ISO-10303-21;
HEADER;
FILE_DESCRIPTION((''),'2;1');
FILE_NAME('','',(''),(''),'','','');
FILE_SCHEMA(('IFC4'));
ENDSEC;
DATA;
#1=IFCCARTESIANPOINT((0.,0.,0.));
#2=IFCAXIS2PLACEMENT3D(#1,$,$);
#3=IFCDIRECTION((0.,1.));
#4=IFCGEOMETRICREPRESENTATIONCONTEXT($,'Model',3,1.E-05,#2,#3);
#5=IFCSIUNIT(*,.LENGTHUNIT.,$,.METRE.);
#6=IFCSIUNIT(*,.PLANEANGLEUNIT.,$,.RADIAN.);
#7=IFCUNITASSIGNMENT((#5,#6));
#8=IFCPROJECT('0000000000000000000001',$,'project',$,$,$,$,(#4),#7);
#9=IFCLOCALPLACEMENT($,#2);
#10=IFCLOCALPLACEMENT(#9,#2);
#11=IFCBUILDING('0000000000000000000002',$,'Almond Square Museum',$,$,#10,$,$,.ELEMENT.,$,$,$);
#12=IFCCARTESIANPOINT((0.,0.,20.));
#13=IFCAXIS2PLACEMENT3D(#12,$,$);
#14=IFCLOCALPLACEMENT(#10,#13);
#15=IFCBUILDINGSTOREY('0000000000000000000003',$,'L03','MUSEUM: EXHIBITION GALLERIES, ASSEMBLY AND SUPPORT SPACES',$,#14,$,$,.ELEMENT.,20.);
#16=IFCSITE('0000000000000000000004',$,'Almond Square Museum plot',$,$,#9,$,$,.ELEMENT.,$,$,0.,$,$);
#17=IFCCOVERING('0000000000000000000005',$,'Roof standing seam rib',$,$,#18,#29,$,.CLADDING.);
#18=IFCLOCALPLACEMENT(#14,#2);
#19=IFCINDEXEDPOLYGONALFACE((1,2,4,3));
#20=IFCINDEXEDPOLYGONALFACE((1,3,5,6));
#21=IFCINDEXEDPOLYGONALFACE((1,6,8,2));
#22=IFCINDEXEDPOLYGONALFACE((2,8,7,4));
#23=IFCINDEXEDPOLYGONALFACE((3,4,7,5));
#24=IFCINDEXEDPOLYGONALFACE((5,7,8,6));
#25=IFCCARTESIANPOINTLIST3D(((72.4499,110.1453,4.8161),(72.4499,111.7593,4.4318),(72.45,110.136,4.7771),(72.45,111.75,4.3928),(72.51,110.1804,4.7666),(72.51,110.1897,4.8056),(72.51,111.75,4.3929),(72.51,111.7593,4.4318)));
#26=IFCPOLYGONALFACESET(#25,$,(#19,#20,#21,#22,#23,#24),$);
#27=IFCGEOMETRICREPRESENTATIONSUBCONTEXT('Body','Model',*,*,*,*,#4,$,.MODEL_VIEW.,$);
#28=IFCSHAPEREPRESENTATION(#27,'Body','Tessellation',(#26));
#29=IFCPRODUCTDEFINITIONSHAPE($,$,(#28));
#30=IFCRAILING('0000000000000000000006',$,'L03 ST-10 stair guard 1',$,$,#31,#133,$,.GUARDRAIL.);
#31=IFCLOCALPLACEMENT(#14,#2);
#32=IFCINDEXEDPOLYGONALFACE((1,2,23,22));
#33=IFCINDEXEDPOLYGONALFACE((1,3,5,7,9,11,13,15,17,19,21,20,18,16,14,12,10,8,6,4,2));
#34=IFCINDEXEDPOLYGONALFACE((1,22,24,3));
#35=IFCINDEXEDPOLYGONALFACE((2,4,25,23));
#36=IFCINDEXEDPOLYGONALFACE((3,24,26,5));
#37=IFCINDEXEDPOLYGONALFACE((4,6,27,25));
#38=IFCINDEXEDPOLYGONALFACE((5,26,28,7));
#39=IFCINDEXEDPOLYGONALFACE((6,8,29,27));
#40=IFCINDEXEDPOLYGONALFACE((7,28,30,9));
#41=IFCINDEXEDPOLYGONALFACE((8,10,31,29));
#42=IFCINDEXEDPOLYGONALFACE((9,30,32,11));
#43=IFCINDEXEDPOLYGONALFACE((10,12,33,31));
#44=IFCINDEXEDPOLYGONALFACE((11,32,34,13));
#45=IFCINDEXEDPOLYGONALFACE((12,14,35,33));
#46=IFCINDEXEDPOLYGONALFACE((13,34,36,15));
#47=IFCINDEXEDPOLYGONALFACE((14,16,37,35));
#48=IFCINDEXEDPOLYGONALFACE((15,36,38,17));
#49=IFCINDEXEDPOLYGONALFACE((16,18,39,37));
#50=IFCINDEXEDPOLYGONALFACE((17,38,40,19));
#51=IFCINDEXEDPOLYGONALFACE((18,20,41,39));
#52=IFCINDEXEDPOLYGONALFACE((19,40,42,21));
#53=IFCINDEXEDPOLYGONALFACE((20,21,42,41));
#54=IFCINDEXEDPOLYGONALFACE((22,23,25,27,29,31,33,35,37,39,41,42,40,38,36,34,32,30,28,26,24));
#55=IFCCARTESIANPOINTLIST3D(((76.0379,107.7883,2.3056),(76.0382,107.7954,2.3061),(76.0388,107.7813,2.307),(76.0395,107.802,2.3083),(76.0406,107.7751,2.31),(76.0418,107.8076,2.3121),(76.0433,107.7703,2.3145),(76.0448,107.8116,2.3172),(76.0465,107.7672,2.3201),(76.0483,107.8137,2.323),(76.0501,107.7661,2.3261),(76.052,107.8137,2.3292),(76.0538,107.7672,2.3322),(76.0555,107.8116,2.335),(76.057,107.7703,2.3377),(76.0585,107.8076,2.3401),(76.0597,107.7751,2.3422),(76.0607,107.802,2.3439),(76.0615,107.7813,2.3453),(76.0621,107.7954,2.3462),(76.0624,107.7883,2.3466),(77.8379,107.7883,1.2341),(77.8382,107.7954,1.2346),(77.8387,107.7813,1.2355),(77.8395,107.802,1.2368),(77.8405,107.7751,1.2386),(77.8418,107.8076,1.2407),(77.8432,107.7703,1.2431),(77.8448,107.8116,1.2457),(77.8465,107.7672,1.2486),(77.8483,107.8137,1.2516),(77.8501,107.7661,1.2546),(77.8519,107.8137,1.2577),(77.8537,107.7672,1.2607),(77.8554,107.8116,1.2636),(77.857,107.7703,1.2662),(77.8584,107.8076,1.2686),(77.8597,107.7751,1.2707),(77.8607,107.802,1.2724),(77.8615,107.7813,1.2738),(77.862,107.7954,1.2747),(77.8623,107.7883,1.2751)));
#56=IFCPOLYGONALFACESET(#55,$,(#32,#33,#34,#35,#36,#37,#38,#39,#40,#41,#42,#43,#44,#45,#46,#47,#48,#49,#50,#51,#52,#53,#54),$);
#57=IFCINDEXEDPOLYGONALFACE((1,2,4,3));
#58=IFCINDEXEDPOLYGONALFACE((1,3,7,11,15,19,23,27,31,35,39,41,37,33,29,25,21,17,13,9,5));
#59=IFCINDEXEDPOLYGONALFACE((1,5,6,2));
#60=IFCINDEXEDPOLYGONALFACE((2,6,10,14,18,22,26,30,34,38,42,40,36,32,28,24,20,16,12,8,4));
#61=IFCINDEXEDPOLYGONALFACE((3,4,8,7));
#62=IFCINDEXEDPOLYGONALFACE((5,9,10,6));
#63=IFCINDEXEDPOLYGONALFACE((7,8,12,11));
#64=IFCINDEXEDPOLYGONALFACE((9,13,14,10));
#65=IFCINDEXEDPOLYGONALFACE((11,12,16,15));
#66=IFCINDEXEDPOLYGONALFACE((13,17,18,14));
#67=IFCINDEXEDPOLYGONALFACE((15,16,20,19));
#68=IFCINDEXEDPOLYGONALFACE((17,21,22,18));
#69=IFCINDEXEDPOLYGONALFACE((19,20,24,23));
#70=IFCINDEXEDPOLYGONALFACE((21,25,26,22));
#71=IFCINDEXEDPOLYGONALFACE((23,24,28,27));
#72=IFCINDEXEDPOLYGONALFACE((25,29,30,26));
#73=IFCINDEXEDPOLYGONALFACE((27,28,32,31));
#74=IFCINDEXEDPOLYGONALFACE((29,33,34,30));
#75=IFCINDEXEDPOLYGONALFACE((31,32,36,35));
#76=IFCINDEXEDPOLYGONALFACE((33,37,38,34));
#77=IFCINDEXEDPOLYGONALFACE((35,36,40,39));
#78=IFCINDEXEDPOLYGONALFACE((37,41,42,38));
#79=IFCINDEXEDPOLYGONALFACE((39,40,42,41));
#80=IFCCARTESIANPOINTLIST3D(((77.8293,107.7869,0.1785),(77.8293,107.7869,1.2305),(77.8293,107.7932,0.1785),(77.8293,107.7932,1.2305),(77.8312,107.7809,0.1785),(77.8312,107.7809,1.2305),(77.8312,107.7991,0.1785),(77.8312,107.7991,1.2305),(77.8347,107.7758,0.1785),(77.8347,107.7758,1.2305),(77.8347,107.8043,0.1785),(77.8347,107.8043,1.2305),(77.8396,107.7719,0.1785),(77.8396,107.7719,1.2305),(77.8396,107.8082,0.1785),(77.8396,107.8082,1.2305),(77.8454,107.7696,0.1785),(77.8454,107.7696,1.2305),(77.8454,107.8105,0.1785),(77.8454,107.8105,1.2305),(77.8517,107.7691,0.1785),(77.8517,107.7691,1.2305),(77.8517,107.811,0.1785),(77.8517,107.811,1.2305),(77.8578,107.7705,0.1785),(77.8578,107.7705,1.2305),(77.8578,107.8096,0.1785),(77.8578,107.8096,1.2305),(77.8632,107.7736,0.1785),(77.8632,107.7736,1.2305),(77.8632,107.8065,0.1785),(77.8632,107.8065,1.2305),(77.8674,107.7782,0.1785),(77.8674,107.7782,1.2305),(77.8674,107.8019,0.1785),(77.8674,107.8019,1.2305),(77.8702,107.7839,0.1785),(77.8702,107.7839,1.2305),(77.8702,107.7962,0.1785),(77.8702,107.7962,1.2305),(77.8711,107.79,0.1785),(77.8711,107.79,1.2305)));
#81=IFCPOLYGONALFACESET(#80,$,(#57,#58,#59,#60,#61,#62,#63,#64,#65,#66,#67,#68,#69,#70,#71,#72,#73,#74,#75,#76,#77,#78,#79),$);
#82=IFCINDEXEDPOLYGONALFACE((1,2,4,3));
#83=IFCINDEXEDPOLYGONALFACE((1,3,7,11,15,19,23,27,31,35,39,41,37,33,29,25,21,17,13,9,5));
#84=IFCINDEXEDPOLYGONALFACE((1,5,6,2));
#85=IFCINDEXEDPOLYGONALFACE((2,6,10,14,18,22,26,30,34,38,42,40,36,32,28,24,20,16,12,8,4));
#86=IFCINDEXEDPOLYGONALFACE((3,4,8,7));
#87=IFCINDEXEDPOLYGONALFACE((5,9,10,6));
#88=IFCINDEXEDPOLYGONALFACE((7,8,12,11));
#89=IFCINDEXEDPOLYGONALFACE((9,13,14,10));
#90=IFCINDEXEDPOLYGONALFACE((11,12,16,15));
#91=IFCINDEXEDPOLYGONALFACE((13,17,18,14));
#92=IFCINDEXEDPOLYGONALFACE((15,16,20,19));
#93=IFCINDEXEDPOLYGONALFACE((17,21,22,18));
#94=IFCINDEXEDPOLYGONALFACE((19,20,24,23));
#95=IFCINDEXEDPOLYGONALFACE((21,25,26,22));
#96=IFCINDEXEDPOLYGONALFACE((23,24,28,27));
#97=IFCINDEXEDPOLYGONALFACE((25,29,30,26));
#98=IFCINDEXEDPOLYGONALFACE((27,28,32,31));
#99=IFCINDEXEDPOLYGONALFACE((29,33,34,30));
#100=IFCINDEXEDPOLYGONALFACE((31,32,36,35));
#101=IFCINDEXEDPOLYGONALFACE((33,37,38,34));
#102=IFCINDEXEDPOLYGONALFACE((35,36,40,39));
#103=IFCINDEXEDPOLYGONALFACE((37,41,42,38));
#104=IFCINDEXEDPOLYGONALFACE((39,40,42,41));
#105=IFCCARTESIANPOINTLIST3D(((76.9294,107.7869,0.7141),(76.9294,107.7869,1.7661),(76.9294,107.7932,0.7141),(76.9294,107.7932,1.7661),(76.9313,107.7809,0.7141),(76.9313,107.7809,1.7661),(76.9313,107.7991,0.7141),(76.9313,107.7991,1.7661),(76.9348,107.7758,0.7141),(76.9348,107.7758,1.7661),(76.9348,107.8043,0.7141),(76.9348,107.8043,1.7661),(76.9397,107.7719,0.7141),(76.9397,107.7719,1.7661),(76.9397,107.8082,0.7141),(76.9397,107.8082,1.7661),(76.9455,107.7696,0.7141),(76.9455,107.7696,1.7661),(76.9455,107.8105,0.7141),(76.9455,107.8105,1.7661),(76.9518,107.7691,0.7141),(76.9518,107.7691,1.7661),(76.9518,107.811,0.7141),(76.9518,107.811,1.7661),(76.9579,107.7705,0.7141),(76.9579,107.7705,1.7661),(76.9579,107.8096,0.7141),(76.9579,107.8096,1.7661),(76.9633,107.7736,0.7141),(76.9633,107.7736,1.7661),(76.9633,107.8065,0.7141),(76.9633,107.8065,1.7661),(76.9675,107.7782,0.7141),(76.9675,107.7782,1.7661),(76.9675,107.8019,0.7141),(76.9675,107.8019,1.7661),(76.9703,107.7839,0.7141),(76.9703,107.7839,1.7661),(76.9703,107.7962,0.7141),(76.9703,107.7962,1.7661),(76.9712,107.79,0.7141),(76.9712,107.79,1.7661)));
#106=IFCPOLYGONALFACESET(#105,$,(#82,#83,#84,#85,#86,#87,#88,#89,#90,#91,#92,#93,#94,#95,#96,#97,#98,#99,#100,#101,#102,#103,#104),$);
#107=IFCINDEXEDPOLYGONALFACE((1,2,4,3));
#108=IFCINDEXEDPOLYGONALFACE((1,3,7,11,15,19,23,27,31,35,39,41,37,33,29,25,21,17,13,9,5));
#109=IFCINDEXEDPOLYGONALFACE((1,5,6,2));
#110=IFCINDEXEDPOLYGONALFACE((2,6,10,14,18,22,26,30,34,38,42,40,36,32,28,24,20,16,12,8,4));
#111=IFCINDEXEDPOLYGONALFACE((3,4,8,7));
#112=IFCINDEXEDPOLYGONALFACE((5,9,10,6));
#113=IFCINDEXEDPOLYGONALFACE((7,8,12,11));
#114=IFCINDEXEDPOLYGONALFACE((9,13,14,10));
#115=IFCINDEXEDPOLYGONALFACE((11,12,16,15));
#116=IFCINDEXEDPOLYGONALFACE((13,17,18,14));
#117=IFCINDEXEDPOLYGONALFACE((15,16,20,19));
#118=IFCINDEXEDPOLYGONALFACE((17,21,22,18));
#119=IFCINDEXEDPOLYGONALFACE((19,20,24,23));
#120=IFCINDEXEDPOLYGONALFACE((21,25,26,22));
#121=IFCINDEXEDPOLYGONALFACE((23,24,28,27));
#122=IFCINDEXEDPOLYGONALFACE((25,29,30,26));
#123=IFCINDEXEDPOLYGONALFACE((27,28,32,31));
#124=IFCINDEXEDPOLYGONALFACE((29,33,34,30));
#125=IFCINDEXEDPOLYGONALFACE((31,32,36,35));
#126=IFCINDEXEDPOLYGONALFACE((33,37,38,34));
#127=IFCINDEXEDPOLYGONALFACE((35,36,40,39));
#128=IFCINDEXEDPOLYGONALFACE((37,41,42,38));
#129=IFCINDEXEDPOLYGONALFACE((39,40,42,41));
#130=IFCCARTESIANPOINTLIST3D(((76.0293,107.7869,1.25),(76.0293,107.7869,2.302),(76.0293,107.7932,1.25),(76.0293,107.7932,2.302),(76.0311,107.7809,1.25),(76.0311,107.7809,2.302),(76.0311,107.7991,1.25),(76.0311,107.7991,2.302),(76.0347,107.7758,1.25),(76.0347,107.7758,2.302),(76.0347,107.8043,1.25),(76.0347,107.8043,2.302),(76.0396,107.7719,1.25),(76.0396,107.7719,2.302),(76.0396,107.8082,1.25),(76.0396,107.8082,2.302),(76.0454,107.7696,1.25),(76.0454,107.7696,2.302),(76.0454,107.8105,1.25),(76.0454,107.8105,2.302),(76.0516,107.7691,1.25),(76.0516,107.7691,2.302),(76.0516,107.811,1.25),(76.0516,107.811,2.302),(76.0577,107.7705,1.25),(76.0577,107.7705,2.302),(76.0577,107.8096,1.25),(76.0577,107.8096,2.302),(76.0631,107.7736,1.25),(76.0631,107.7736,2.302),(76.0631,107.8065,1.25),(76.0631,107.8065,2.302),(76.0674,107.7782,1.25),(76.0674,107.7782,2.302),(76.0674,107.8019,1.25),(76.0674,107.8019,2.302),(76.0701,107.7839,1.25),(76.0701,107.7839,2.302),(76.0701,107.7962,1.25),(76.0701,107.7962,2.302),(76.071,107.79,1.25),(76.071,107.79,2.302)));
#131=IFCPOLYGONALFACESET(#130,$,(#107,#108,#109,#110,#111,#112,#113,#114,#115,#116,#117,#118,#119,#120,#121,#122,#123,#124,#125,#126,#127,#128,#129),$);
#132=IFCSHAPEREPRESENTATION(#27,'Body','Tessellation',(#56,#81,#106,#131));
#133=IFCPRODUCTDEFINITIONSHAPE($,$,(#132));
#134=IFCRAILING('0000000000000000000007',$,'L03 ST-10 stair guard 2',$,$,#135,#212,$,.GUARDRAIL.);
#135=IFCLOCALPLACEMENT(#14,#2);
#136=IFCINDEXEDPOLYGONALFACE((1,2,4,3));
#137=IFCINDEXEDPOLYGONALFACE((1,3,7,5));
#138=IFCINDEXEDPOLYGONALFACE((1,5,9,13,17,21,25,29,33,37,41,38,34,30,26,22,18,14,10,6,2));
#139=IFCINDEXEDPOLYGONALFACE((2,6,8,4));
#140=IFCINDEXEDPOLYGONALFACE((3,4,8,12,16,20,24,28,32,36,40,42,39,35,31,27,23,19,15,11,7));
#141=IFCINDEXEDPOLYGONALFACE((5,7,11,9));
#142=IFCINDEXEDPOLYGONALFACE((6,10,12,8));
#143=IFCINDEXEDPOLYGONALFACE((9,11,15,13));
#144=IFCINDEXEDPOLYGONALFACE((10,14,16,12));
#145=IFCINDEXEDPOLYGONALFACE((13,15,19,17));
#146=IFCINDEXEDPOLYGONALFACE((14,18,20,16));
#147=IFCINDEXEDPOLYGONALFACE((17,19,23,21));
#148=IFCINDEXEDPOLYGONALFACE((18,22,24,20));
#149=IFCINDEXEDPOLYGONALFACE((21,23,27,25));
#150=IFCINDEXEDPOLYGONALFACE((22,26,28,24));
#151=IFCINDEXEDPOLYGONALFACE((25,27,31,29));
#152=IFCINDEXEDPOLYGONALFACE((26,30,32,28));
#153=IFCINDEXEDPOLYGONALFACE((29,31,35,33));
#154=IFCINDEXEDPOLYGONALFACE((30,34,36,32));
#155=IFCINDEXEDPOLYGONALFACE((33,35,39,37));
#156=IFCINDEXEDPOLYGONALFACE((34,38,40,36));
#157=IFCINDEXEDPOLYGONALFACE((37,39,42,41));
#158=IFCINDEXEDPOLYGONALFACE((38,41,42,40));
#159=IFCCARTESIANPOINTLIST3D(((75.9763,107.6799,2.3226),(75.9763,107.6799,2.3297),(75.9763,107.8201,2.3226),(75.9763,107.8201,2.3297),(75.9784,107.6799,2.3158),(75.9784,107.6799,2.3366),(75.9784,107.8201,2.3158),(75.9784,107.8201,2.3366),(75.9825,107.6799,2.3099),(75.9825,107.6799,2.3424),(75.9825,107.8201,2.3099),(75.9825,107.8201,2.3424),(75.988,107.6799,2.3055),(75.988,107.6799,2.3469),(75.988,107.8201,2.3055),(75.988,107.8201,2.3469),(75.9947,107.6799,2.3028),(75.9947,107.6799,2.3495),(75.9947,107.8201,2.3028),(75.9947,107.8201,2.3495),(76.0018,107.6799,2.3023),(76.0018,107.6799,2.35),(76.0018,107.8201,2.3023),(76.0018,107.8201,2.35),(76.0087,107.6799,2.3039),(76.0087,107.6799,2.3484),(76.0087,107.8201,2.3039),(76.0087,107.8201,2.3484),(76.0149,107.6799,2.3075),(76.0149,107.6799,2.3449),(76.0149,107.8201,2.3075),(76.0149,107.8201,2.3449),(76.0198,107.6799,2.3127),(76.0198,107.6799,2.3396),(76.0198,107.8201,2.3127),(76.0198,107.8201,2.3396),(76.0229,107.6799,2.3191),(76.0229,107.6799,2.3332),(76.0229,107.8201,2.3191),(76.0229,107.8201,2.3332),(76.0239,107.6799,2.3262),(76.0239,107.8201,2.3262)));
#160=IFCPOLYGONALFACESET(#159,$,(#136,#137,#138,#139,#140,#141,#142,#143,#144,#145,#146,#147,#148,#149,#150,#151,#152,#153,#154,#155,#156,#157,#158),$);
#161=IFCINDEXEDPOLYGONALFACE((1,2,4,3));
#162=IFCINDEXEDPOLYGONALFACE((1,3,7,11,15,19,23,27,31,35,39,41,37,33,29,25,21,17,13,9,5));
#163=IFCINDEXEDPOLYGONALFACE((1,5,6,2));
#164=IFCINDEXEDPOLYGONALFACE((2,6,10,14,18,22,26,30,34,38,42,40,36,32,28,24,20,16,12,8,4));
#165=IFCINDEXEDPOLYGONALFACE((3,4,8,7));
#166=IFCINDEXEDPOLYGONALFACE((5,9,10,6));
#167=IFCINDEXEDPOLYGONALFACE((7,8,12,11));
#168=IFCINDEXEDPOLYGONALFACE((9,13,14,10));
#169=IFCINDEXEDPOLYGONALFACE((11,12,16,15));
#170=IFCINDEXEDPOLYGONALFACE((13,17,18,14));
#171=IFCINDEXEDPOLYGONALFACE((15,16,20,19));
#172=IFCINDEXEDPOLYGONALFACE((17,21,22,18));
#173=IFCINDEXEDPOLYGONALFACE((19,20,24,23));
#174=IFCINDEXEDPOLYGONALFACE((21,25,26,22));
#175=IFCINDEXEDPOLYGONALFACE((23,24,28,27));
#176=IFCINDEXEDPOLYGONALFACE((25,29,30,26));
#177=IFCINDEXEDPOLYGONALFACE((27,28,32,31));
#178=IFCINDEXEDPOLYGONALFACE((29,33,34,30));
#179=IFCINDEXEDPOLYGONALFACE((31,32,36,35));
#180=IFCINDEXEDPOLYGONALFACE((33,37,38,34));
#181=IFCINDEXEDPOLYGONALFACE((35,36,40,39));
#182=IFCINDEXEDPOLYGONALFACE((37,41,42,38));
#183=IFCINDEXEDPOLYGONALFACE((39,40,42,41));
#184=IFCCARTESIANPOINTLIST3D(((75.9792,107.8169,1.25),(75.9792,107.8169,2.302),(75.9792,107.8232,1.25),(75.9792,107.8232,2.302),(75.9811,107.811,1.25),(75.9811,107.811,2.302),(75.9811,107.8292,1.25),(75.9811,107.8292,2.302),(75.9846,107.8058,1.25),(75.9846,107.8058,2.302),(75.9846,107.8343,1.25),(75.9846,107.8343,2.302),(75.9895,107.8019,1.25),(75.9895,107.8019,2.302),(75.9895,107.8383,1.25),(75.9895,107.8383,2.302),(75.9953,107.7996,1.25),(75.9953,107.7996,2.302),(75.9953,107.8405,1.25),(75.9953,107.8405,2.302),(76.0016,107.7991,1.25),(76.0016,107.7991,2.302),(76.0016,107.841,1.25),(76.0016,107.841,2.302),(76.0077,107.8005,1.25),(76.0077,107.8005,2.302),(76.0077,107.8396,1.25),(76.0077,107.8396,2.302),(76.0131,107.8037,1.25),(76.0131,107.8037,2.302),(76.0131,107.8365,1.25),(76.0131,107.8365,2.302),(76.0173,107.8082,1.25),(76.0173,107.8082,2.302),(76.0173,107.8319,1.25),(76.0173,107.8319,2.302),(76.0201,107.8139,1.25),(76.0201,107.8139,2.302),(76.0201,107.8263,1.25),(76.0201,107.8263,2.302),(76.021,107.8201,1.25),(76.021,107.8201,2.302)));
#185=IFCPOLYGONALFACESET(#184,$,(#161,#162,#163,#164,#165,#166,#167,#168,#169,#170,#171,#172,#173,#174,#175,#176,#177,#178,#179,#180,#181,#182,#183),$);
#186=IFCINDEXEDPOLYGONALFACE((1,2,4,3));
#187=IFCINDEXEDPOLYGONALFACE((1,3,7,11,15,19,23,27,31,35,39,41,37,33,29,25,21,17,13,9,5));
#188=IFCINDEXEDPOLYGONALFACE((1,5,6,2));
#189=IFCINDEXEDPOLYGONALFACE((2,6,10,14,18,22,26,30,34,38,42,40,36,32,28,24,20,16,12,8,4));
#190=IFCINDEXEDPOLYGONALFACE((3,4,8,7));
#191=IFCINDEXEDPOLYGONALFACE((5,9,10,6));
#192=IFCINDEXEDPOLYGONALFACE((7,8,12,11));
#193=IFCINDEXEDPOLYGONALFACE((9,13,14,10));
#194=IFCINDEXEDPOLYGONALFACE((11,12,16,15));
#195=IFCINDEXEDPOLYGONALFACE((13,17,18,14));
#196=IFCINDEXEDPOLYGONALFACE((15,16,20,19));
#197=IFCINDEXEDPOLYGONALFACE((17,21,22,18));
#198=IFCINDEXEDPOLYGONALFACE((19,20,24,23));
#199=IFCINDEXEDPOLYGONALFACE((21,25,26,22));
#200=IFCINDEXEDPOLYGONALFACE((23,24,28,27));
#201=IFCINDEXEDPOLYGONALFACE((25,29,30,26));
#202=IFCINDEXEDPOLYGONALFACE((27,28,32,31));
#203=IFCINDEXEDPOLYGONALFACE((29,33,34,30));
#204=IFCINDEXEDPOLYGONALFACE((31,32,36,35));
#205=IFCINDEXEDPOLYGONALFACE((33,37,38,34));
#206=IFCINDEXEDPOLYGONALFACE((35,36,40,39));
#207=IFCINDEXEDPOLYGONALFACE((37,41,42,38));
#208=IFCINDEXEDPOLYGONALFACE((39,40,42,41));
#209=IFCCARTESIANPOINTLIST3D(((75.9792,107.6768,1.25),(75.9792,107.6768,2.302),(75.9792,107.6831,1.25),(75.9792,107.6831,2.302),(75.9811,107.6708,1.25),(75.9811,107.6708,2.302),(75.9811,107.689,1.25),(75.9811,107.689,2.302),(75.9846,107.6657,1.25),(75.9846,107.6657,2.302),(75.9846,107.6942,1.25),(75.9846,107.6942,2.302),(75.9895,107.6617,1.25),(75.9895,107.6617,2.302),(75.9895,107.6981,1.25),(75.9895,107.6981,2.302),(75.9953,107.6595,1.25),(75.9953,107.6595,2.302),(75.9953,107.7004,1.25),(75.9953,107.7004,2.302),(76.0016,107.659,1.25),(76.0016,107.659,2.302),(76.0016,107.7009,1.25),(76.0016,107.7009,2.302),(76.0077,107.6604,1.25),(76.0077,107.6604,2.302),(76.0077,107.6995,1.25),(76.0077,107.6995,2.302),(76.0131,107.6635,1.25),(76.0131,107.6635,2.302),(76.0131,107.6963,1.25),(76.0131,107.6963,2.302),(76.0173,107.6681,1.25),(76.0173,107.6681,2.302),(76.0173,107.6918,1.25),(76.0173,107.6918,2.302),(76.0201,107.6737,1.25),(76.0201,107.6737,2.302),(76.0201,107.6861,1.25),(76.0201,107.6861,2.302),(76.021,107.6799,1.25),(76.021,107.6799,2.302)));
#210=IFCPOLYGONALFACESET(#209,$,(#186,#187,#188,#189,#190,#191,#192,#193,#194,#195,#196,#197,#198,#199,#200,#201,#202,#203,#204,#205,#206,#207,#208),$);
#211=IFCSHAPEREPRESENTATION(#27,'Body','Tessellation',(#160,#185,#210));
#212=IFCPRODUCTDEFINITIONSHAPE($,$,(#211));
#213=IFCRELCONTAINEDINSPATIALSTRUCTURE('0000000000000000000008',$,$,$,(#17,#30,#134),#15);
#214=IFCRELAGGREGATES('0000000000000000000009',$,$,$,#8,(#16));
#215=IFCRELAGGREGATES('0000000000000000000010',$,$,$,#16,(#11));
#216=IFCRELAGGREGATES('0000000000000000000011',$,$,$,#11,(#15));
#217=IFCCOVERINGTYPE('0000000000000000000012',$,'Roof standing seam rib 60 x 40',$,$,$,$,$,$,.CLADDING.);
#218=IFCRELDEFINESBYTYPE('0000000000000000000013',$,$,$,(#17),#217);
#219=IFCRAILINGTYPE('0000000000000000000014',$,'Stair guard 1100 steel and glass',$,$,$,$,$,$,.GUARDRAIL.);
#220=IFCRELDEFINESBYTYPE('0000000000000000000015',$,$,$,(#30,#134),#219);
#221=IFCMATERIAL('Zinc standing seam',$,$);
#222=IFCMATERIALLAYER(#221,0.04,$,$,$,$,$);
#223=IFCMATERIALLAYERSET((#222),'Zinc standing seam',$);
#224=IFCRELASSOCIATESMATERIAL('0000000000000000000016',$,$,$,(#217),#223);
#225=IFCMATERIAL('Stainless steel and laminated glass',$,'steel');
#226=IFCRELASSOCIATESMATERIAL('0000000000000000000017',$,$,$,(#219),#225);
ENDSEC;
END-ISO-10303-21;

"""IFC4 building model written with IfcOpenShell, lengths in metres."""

from ifc_helpers import new_model, si_unit, direction, frame, origin, origin_2d, place, context, subcontext, project, spatial, polyline, circle, outline, extrude, material, layer, layer_set, type_object, element, save


model = new_model("IFC4")

# Units and contexts
model_context = context("Model", 3, precision=1e-05, world=origin(), true_north=direction((0.0, 1.0)))
body_context = subcontext(model_context, "Body", "Model", "MODEL_VIEW")
ifc_project = project(units=[si_unit("LENGTHUNIT", "METRE"), si_unit("PLANEANGLEUNIT", "RADIAN")], contexts=[model_context])

# Site, building, storey
site_placement = place(None, origin())
site = spatial("IfcSite", under=ifc_project, at=site_placement, Name="Almond Square Museum plot", CompositionType="ELEMENT", RefElevation=0.0)
building_placement = place(site_placement, origin())
building = spatial("IfcBuilding", under=site, at=building_placement, Name="Almond Square Museum", CompositionType="ELEMENT")
storey_placement = place(building_placement, frame((0.0, 0.0, 20.0)))
storey = spatial("IfcBuildingStorey", under=building, at=storey_placement, Name="L03", Description="MUSEUM: EXHIBITION GALLERIES, ASSEMBLY AND SUPPORT SPACES", CompositionType="ELEMENT", Elevation=20.0)

# Covering
ifc_material_1 = material(Name="Zinc standing seam")
ifc_layer_1 = layer(ifc_material_1, 0.04)
ifc_layer_set_1 = layer_set([ifc_layer_1], Name="Zinc standing seam")
covering_type = type_object("IfcCoveringType", Name="Roof standing seam rib 60 x 40", PredefinedType="CLADDING", material=ifc_layer_set_1)
covering_1_placement = place(storey_placement, frame((72.51, 110.1804, 4.7666), z_axis=(-0.000666, 0.231637, 0.972802), x_axis=(0.0, 0.972802, -0.231637)))
element("IfcCovering", 1, at=covering_1_placement, inside=storey, type_object=covering_type, Name="Roof standing seam rib", PredefinedType="CLADDING", context=body_context, shape_type="SweptSolid", body=[
    extrude(outline(polyline([(0.0, 0.0), (1.6135, 0.0), (1.6135, 0.0601), (-0.0457, 0.0601), (0.0, 0.0)])), origin(), (0.0, 0.0, 1.0), 0.04),
])

# Railings
ifc_material_2 = material(Name="Stainless steel and laminated glass", Category="steel")
railing_type_1 = type_object("IfcRailingType", Name="Stair guard 1100 steel and glass", PredefinedType="GUARDRAIL", material=ifc_material_2)
railing_1_placement = place(storey_placement, frame((77.8501, 107.79, 0.1785)))
element("IfcRailing", 2, at=railing_1_placement, inside=storey, type_object=railing_type_1, Name="L03 ST-10 stair guard 1", PredefinedType="GUARDRAIL", context=body_context, shape_type="SweptSolid", body=[
    extrude(circle(Radius=0.0239, at=origin_2d()), frame((0.0, 0.0, 1.0762), z_axis=(-0.859277, 0.0, 0.51151), x_axis=(0.0, -1.0, 0.0)), (0.0, 0.0, 1.0), 2.0947),
    extrude(circle(Radius=0.021, at=origin_2d()), origin(), (0.0, 0.0, 1.0), 1.052),
    extrude(circle(Radius=0.021, at=origin_2d()), frame((-0.8999, 0.0, 0.5356)), (0.0, 0.0, 1.0), 1.052),
    extrude(circle(Radius=0.021, at=origin_2d()), frame((-1.8, 0.0, 1.0715)), (0.0, 0.0, 1.0), 1.052),
])
railing_2_placement = place(storey_placement, frame((76.0, 107.8201, 1.25)))
element("IfcRailing", 3, at=railing_2_placement, inside=storey, type_object=railing_type_1, Name="L03 ST-10 stair guard 2", PredefinedType="GUARDRAIL", context=body_context, shape_type="SweptSolid", body=[
    extrude(circle(Radius=0.0239, at=origin_2d()), frame((0.0, 0.0, 1.0762), z_axis=(0.0, -1.0, 0.0), x_axis=(1.0, 0.0, 0.0)), (0.0, 0.0, 1.0), 0.1401),
    extrude(circle(Radius=0.021, at=origin_2d()), origin(), (0.0, 0.0, 1.0), 1.052),
    extrude(circle(Radius=0.021, at=origin_2d()), frame((0.0, -0.1401, 0.0)), (0.0, 0.0, 1.0), 1.052),
])

save(model, "model.ifc")
